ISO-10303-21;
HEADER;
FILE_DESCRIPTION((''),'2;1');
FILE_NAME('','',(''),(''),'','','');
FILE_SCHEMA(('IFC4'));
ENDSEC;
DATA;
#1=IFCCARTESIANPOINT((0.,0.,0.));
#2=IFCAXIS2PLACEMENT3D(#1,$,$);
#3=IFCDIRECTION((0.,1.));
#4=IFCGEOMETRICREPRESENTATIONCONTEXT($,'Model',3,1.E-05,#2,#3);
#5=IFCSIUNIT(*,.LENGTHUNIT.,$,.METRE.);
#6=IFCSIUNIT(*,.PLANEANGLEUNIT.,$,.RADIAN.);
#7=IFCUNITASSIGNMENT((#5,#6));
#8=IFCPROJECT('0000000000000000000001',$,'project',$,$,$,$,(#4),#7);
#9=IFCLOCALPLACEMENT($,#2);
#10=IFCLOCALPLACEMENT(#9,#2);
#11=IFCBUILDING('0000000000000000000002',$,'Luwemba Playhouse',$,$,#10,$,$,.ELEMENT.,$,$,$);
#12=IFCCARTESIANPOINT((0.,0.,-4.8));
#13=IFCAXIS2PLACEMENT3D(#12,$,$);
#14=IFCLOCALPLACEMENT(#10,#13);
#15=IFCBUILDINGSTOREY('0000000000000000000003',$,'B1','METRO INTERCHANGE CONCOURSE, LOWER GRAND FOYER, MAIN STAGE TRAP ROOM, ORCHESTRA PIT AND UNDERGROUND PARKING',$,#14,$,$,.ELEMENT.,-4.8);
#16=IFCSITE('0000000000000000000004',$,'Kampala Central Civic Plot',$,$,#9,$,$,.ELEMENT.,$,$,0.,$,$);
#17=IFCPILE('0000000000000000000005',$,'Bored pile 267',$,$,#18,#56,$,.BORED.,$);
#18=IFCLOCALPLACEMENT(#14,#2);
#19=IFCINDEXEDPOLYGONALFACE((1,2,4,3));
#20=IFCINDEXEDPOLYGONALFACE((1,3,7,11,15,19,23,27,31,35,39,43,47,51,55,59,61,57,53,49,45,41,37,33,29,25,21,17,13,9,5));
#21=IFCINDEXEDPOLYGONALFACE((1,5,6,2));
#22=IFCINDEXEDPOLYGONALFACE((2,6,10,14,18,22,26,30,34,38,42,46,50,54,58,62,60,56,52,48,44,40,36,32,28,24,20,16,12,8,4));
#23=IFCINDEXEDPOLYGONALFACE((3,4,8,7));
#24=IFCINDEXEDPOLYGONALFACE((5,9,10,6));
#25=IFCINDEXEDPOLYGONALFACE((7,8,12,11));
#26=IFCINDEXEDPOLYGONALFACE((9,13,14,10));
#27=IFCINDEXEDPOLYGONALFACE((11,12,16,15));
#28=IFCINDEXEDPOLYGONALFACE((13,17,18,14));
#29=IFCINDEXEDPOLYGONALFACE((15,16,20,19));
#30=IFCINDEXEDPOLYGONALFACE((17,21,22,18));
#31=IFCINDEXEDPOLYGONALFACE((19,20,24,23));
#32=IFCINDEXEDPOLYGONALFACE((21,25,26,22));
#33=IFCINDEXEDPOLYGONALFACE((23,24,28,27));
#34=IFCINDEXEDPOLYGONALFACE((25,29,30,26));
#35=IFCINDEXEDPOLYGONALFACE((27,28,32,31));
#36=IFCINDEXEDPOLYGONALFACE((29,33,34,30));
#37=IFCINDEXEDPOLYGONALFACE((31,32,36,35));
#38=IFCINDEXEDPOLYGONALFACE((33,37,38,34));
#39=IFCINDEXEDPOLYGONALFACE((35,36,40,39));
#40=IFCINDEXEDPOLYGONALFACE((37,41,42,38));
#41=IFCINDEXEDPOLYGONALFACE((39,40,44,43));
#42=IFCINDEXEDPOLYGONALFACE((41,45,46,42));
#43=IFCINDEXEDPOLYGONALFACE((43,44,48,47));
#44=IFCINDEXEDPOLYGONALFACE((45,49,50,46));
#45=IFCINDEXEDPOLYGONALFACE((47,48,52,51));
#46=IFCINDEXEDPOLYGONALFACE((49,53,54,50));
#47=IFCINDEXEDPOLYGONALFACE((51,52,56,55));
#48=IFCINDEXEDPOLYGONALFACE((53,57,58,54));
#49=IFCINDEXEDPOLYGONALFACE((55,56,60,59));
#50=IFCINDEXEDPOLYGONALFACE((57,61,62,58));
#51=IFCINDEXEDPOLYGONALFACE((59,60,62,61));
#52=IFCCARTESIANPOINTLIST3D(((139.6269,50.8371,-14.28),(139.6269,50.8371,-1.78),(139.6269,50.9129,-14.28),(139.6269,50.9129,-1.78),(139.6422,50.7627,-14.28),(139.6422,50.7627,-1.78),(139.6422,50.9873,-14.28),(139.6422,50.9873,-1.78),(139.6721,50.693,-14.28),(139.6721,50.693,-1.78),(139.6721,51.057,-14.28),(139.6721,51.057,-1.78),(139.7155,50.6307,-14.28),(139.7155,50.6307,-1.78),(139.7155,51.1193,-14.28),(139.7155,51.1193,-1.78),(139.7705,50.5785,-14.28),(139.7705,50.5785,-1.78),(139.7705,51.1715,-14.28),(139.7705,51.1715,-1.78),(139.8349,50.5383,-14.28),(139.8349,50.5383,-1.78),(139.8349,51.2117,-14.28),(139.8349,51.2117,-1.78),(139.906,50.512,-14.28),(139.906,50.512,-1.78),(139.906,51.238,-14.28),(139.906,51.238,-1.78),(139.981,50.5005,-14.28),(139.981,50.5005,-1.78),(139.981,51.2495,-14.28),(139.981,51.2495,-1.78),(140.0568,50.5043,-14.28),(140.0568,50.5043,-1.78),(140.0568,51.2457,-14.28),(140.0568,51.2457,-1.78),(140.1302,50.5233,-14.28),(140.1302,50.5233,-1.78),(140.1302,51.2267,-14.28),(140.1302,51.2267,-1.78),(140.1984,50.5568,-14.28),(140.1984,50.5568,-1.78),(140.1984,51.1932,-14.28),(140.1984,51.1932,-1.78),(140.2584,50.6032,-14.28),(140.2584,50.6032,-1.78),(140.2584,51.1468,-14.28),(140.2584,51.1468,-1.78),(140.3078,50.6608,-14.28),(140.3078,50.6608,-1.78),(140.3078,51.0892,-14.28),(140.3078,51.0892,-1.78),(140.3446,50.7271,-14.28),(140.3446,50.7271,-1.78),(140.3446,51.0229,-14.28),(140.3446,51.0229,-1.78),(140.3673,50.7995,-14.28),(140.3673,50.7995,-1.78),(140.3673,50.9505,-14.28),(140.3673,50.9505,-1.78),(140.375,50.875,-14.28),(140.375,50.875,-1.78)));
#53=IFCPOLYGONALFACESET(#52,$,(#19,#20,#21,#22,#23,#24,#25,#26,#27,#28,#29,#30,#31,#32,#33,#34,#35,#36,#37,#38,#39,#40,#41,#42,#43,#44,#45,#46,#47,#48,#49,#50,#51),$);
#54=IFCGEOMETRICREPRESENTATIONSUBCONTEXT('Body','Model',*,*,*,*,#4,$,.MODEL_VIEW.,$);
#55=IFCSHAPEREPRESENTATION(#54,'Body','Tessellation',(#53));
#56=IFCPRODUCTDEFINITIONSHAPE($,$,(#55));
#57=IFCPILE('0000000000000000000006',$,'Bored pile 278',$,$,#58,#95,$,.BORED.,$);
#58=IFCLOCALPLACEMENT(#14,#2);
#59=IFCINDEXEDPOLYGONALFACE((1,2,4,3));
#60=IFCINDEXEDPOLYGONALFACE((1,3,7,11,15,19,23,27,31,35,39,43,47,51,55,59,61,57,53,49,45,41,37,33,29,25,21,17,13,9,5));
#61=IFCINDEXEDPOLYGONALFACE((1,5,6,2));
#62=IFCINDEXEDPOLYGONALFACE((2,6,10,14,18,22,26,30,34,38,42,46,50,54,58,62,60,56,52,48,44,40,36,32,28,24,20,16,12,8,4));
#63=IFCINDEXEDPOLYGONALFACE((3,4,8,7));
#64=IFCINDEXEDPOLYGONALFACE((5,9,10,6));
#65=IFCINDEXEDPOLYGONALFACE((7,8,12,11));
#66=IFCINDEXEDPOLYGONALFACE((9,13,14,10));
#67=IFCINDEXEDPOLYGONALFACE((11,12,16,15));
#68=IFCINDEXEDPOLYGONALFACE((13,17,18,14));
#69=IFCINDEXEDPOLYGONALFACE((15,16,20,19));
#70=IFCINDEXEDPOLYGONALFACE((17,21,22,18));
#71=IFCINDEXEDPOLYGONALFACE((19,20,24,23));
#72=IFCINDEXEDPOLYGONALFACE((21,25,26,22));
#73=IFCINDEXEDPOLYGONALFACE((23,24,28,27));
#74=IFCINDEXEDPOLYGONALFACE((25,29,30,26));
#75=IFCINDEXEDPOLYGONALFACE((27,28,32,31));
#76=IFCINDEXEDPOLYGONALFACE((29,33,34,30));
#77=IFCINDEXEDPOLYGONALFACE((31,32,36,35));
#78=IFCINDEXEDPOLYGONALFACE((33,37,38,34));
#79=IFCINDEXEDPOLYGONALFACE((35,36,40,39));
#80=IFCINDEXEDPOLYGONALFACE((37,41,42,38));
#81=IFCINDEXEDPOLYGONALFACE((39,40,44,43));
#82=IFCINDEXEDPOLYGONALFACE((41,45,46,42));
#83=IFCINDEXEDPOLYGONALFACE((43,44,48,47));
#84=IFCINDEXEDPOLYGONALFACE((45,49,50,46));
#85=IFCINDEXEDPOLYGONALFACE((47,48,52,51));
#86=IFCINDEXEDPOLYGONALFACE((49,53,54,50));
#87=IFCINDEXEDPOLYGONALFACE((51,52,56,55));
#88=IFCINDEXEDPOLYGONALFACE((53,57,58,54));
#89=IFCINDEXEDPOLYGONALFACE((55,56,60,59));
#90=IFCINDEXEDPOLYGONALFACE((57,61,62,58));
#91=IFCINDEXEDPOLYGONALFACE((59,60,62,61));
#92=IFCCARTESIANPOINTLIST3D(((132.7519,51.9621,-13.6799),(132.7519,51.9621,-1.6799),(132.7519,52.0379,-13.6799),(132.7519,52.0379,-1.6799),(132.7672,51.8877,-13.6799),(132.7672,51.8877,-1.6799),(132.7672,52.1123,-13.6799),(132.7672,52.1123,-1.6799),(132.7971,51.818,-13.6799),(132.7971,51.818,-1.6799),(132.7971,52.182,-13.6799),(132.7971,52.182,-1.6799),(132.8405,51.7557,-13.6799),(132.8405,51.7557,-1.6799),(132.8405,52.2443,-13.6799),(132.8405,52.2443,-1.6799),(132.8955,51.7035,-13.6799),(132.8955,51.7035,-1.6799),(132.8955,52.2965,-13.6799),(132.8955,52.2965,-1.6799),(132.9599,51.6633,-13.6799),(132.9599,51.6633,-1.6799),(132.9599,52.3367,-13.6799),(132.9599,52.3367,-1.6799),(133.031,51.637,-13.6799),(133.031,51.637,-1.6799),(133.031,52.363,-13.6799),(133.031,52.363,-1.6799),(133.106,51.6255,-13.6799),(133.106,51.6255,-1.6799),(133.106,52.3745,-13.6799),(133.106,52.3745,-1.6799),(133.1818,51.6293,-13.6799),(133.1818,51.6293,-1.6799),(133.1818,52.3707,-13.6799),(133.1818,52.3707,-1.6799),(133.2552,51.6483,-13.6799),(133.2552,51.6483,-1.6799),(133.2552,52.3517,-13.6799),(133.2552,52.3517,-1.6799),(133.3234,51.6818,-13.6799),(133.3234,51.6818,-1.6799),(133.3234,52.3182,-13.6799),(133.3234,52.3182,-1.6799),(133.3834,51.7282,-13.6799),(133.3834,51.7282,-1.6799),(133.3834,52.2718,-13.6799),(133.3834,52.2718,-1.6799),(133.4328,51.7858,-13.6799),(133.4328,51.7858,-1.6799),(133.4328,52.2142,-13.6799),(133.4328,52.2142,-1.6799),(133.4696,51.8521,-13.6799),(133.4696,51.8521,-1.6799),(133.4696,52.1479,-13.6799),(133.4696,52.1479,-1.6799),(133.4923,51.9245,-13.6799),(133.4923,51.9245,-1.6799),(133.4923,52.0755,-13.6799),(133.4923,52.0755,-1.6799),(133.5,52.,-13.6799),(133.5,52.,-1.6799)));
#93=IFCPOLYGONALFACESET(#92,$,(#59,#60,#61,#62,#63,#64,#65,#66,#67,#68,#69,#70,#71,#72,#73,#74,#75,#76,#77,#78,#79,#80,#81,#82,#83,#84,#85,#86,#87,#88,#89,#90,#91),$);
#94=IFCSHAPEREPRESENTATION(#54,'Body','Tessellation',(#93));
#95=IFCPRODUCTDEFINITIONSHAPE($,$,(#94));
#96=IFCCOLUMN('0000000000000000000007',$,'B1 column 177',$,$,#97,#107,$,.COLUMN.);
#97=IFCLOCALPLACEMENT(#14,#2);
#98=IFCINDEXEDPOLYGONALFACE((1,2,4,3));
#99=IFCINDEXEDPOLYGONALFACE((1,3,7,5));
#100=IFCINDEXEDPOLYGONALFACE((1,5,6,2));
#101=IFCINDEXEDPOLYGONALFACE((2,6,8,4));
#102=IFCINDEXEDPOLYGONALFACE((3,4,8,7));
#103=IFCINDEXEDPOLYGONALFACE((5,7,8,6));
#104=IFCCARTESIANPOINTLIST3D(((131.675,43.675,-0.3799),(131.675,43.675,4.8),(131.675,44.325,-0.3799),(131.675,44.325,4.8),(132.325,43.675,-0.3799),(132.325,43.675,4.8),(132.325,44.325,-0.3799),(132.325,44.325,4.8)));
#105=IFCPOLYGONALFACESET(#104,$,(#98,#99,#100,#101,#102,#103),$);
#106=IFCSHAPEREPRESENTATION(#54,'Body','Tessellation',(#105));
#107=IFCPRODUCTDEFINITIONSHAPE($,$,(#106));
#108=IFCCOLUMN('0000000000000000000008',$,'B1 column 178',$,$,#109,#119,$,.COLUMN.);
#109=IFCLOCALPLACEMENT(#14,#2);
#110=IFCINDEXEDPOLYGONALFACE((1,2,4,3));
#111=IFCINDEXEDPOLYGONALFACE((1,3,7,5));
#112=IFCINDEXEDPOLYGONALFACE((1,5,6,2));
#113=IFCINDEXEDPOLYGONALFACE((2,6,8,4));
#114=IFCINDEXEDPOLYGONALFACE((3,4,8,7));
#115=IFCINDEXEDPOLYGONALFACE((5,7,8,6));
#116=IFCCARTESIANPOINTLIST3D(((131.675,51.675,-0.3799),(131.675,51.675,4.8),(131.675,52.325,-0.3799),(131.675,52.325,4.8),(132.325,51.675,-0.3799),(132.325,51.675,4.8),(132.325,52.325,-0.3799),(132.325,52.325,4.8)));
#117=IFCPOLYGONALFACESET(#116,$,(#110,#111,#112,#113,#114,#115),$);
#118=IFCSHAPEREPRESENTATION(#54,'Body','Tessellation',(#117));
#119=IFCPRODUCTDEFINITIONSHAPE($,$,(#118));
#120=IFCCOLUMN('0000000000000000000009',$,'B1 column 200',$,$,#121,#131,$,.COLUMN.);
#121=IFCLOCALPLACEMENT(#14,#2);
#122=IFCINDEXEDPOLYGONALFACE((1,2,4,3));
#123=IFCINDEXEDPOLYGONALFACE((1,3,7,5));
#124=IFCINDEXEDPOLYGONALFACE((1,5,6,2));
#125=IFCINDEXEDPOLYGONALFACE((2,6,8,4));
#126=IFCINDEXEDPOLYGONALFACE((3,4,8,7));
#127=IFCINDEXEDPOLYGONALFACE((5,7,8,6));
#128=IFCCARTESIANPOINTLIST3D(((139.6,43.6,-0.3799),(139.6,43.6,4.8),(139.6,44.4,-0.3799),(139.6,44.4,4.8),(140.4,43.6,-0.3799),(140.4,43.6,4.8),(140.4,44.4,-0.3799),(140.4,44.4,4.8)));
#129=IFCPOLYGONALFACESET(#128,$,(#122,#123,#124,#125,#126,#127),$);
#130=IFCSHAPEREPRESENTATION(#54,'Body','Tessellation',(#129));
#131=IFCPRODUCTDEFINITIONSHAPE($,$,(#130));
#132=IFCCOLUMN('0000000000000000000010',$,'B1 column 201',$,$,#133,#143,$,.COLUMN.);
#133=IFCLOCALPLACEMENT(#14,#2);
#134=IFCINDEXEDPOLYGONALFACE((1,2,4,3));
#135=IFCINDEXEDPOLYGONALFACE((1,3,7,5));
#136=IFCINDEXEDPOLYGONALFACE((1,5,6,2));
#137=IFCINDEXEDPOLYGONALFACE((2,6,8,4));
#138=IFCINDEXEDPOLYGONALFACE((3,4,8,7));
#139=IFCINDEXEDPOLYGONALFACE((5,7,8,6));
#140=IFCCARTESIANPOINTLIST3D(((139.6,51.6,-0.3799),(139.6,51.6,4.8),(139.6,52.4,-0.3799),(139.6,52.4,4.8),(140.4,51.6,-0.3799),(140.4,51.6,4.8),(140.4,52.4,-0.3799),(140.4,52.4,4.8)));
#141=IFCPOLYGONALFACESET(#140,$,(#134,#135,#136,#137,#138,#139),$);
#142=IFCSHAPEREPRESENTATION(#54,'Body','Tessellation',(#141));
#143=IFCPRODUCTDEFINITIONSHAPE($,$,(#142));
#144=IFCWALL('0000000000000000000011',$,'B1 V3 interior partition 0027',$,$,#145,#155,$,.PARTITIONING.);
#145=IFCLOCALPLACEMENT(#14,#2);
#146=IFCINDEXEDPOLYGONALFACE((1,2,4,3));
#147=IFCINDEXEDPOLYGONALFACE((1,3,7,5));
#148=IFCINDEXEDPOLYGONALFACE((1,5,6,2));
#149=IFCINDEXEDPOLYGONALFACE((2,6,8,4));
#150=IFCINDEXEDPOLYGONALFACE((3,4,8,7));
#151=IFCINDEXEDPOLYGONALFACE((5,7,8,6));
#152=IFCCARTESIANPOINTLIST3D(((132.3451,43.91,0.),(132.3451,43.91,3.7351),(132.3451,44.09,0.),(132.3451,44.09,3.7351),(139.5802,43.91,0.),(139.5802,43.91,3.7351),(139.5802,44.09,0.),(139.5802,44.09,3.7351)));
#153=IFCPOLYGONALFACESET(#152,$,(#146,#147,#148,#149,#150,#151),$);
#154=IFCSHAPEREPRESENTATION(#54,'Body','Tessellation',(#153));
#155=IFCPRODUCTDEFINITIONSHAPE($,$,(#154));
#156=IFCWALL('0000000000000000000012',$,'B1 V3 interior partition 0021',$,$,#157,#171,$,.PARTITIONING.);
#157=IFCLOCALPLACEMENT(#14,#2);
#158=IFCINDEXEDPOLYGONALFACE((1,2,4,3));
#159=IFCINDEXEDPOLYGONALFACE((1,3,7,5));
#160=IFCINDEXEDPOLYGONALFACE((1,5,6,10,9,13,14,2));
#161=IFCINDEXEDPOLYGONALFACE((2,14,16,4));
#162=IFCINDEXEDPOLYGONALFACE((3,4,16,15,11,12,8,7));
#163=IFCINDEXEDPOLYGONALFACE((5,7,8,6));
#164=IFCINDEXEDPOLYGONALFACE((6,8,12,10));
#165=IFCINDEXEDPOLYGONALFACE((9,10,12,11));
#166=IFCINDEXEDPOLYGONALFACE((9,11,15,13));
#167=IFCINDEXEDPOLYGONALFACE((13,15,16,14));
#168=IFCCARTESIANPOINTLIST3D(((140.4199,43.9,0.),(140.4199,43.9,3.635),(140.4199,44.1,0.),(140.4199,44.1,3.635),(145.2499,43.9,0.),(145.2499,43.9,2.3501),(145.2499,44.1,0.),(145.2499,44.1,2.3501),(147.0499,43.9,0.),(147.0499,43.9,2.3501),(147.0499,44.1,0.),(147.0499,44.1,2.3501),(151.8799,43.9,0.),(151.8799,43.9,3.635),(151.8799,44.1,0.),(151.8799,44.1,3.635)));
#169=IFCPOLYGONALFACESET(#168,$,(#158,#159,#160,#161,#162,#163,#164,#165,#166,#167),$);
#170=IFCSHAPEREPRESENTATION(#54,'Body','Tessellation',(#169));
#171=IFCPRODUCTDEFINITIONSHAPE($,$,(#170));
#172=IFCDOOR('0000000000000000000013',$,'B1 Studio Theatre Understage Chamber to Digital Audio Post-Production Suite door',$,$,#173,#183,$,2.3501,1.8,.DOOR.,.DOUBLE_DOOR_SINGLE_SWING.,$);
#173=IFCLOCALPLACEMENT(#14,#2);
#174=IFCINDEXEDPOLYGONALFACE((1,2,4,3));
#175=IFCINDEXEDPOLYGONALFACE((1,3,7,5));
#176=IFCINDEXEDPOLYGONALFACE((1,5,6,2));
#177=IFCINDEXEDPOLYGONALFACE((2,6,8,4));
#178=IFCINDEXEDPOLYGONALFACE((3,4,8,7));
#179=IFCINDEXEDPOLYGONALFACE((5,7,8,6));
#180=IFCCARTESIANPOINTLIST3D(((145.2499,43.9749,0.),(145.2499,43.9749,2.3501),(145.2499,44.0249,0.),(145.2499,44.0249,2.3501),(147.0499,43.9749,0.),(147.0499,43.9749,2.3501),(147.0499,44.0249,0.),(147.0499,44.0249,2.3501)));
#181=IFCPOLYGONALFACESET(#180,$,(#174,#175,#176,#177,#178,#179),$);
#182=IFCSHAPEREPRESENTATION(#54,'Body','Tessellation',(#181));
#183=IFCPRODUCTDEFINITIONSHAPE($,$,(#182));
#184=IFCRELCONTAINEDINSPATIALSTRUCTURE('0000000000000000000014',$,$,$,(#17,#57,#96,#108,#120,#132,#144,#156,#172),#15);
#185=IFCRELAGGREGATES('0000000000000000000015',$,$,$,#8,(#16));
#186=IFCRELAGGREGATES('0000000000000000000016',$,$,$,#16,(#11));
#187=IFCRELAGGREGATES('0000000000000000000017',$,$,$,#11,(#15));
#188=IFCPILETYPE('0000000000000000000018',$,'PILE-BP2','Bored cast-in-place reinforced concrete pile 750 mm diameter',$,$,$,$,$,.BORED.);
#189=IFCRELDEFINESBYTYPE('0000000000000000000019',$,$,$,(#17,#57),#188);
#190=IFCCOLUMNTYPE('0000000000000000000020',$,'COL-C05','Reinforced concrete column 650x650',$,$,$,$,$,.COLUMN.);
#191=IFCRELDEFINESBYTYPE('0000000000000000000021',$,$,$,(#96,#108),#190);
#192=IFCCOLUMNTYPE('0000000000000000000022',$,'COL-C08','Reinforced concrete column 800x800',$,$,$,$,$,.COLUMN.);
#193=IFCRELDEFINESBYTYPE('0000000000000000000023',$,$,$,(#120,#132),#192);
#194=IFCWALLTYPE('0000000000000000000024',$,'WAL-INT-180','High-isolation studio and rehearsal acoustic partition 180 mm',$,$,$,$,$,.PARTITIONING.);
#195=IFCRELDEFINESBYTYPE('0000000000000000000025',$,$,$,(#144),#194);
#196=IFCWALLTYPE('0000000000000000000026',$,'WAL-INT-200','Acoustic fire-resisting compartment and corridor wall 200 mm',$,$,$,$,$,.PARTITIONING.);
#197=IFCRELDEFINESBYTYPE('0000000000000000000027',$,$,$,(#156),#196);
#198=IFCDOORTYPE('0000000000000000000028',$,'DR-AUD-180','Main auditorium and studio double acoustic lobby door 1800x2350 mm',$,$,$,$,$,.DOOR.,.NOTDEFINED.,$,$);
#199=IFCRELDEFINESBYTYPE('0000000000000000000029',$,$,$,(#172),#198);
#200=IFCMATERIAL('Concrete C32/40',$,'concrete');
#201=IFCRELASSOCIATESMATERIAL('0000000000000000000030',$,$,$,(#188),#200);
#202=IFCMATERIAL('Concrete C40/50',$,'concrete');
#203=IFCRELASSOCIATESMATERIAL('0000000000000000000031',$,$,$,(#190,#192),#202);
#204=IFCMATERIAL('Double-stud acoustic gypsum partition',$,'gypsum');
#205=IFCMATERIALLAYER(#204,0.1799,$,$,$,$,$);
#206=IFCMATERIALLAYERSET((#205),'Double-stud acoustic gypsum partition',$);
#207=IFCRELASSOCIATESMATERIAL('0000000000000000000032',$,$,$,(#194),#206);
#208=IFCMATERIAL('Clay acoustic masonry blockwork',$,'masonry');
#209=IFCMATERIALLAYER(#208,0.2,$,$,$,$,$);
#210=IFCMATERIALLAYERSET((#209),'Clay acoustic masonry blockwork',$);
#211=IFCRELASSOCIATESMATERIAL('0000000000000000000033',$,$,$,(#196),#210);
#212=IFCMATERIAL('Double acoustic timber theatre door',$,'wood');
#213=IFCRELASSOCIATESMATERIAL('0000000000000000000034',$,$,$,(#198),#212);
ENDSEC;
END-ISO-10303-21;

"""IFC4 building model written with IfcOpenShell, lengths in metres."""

from ifc_helpers import new_model, si_unit, direction, frame, frame_2d, origin, origin_2d, place, context, subcontext, project, spatial, rectangle, circle, extrude, material, layer, layer_set, material_profile, profile_set, type_object, element, fill, save


model = new_model("IFC4")

# Units and contexts
model_context = context("Model", 3, precision=1e-05, world=origin(), true_north=direction((0.0, 1.0)))
body_context = subcontext(model_context, "Body", "Model", "MODEL_VIEW")
ifc_project = project(units=[si_unit("LENGTHUNIT", "METRE"), si_unit("PLANEANGLEUNIT", "RADIAN")], contexts=[model_context])

# Site, building, storey
site_placement = place(None, origin())
site = spatial("IfcSite", under=ifc_project, at=site_placement, Name="Kampala Central Civic Plot", CompositionType="ELEMENT", RefElevation=0.0)
building_placement = place(site_placement, origin())
building = spatial("IfcBuilding", under=site, at=building_placement, Name="Luwemba Playhouse", CompositionType="ELEMENT")
storey_placement = place(building_placement, frame((0.0, 0.0, -4.8)))
storey = spatial("IfcBuildingStorey", under=building, at=storey_placement, Name="B1", Description="METRO INTERCHANGE CONCOURSE, LOWER GRAND FOYER, MAIN STAGE TRAP ROOM, ORCHESTRA PIT AND UNDERGROUND PARKING", CompositionType="ELEMENT", Elevation=-4.8)

# Shared definitions
ifc_material_1 = material(Name="Concrete C32/40", Category="concrete")

# Piles
ifc_material_profile_1 = material_profile(ifc_material_1, circle(Radius=0.375, at=origin_2d()))
ifc_profile_set_1 = profile_set([ifc_material_profile_1], Name="Concrete C32/40")
pile_type = type_object("IfcPileType", Name="PILE-BP2", Description="Bored cast-in-place reinforced concrete pile 750 mm diameter", PredefinedType="BORED", material=ifc_profile_set_1)
pile_1_placement = place(storey_placement, frame((140.0, 50.875, -1.78), z_axis=(0.0, 0.0, -1.0), x_axis=(1.0, 0.0, 0.0)))
element("IfcPile", 1, at=pile_1_placement, inside=storey, type_object=pile_type, Name="Bored pile 267", PredefinedType="BORED", context=body_context, shape_type="SweptSolid", body=[
    extrude(circle(Radius=0.375, at=origin_2d()), origin(), (0.0, 0.0, 1.0), 12.5),
])
pile_2_placement = place(storey_placement, frame((133.125, 52.0, -1.6799), z_axis=(0.0, 0.0, -1.0), x_axis=(1.0, 0.0, 0.0)))
element("IfcPile", 2, at=pile_2_placement, inside=storey, type_object=pile_type, Name="Bored pile 278", PredefinedType="BORED", context=body_context, shape_type="SweptSolid", body=[
    extrude(circle(Radius=0.375, at=origin_2d()), origin(), (0.0, 0.0, 1.0), 12.0),
])

# Columns
ifc_material_2 = material(Name="Concrete C40/50", Category="concrete")
ifc_material_profile_2 = material_profile(ifc_material_2, rectangle(XDim=0.6499, YDim=0.6499, at=origin_2d()))
ifc_profile_set_2 = profile_set([ifc_material_profile_2], Name="Concrete C40/50")
column_type_1 = type_object("IfcColumnType", Name="COL-C05", Description="Reinforced concrete column 650x650", PredefinedType="COLUMN", material=ifc_profile_set_2)
for number, where, z_axis, x_axis, name in (
    (3, (132.0, 44.0, -0.3799), (0.0, 0.0, 1.0), (1.0, 0.0, 0.0), "B1 column 177"),
    (4, (132.0, 52.0, -0.3799), (0.0, 0.0, 1.0), (1.0, 0.0, 0.0), "B1 column 178"),
):
    element("IfcColumn", number, at=place(storey_placement, frame(where, z_axis=z_axis, x_axis=x_axis)), inside=storey, type_object=column_type_1, Name=name, PredefinedType="COLUMN", context=body_context, shape_type="SweptSolid", body=[
        extrude(rectangle(XDim=0.6499, YDim=0.6499, at=origin_2d()), origin(), (0.0, 0.0, 1.0), 5.1799),
    ])
ifc_material_profile_3 = material_profile(ifc_material_2, rectangle(XDim=0.8, YDim=0.8, at=origin_2d()))
ifc_profile_set_3 = profile_set([ifc_material_profile_3], Name="Concrete C40/50")
column_type_2 = type_object("IfcColumnType", Name="COL-C08", Description="Reinforced concrete column 800x800", PredefinedType="COLUMN", material=ifc_profile_set_3)
for number, where, z_axis, x_axis, name in (
    (5, (140.0, 44.0, -0.3799), (0.0, 0.0, 1.0), (1.0, 0.0, 0.0), "B1 column 200"),
    (6, (140.0, 52.0, -0.3799), (0.0, 0.0, 1.0), (1.0, 0.0, 0.0), "B1 column 201"),
):
    element("IfcColumn", number, at=place(storey_placement, frame(where, z_axis=z_axis, x_axis=x_axis)), inside=storey, type_object=column_type_2, Name=name, PredefinedType="COLUMN", context=body_context, shape_type="SweptSolid", body=[
        extrude(rectangle(XDim=0.8, YDim=0.8, at=origin_2d()), origin(), (0.0, 0.0, 1.0), 5.1799),
    ])

# Wall
ifc_material_3 = material(Name="Double-stud acoustic gypsum partition", Category="gypsum")
ifc_layer_1 = layer(ifc_material_3, 0.1799)
ifc_layer_set_1 = layer_set([ifc_layer_1], Name="Double-stud acoustic gypsum partition")
wall_type_1 = type_object("IfcWallType", Name="WAL-INT-180", Description="High-isolation studio and rehearsal acoustic partition 180 mm", PredefinedType="PARTITIONING", material=ifc_layer_set_1)
wall_1_placement = place(storey_placement, frame((132.345, 44.0, 0.0), z_axis=(0.0, 0.0, 1.0), x_axis=(1.0, 0.0, 0.0)))
element("IfcWall", 7, at=wall_1_placement, inside=storey, type_object=wall_type_1, Name="B1 V3 interior partition 0027", PredefinedType="PARTITIONING", context=body_context, shape_type="SweptSolid", body=[
    extrude(rectangle(XDim=7.2351, YDim=0.1799, at=frame_2d((3.6177, 0.0))), origin(), (0.0, 0.0, 1.0), 3.7351),
])

# Wall, opening, door
ifc_material_4 = material(Name="Clay acoustic masonry blockwork", Category="masonry")
ifc_layer_2 = layer(ifc_material_4, 0.2)
ifc_layer_set_2 = layer_set([ifc_layer_2], Name="Clay acoustic masonry blockwork")
wall_type_2 = type_object("IfcWallType", Name="WAL-INT-200", Description="Acoustic fire-resisting compartment and corridor wall 200 mm", PredefinedType="PARTITIONING", material=ifc_layer_set_2)
wall_2_placement = place(storey_placement, frame((140.4199, 44.0, 0.0), z_axis=(0.0, 0.0, 1.0), x_axis=(1.0, 0.0, 0.0)))
wall_2 = element("IfcWall", 8, at=wall_2_placement, inside=storey, type_object=wall_type_2, Name="B1 V3 interior partition 0021", PredefinedType="PARTITIONING", context=body_context, shape_type="SweptSolid", body=[
    extrude(rectangle(XDim=11.46, YDim=0.2, at=frame_2d((5.73, 0.0))), origin(), (0.0, 0.0, 1.0), 3.635),
])
opening_1_placement = place(wall_2_placement, frame((4.8301, 0.0, 0.0)))
opening_1 = element("IfcOpeningElement", 9, at=opening_1_placement, cuts=wall_2, PredefinedType="OPENING", context=body_context, shape_type="SweptSolid", body=[
    extrude(rectangle(XDim=1.8, YDim=2.3501, at=frame_2d((0.8999, 1.175))), frame((0.0, 0.1099, 0.0), z_axis=(0.0, -1.0, 0.0), x_axis=(1.0, 0.0, 0.0)), (0.0, 0.0, 1.0), 0.22),
])
ifc_material_5 = material(Name="Double acoustic timber theatre door", Category="wood")
door_type = type_object("IfcDoorType", Name="DR-AUD-180", Description="Main auditorium and studio double acoustic lobby door 1800x2350 mm", OperationType="NOTDEFINED", PredefinedType="DOOR", material=ifc_material_5)
door_1_placement = place(opening_1_placement, origin())
door_1 = element("IfcDoor", 10, at=door_1_placement, inside=storey, type_object=door_type, Name="B1 Studio Theatre Understage Chamber to Digital Audio Post-Production Suite door", OperationType="DOUBLE_DOOR_SINGLE_SWING", OverallHeight=2.3501, OverallWidth=1.8, PredefinedType="DOOR", context=body_context, shape_type="SweptSolid", body=[
    extrude(rectangle(XDim=1.8, YDim=2.3501, at=frame_2d((0.8999, 1.175))), frame((0.0, 0.0249, 0.0), z_axis=(0.0, -1.0, 0.0), x_axis=(1.0, 0.0, 0.0)), (0.0, 0.0, 1.0), 0.05),
])
fill(opening_1, door_1)

save(model, "model.ifc")
